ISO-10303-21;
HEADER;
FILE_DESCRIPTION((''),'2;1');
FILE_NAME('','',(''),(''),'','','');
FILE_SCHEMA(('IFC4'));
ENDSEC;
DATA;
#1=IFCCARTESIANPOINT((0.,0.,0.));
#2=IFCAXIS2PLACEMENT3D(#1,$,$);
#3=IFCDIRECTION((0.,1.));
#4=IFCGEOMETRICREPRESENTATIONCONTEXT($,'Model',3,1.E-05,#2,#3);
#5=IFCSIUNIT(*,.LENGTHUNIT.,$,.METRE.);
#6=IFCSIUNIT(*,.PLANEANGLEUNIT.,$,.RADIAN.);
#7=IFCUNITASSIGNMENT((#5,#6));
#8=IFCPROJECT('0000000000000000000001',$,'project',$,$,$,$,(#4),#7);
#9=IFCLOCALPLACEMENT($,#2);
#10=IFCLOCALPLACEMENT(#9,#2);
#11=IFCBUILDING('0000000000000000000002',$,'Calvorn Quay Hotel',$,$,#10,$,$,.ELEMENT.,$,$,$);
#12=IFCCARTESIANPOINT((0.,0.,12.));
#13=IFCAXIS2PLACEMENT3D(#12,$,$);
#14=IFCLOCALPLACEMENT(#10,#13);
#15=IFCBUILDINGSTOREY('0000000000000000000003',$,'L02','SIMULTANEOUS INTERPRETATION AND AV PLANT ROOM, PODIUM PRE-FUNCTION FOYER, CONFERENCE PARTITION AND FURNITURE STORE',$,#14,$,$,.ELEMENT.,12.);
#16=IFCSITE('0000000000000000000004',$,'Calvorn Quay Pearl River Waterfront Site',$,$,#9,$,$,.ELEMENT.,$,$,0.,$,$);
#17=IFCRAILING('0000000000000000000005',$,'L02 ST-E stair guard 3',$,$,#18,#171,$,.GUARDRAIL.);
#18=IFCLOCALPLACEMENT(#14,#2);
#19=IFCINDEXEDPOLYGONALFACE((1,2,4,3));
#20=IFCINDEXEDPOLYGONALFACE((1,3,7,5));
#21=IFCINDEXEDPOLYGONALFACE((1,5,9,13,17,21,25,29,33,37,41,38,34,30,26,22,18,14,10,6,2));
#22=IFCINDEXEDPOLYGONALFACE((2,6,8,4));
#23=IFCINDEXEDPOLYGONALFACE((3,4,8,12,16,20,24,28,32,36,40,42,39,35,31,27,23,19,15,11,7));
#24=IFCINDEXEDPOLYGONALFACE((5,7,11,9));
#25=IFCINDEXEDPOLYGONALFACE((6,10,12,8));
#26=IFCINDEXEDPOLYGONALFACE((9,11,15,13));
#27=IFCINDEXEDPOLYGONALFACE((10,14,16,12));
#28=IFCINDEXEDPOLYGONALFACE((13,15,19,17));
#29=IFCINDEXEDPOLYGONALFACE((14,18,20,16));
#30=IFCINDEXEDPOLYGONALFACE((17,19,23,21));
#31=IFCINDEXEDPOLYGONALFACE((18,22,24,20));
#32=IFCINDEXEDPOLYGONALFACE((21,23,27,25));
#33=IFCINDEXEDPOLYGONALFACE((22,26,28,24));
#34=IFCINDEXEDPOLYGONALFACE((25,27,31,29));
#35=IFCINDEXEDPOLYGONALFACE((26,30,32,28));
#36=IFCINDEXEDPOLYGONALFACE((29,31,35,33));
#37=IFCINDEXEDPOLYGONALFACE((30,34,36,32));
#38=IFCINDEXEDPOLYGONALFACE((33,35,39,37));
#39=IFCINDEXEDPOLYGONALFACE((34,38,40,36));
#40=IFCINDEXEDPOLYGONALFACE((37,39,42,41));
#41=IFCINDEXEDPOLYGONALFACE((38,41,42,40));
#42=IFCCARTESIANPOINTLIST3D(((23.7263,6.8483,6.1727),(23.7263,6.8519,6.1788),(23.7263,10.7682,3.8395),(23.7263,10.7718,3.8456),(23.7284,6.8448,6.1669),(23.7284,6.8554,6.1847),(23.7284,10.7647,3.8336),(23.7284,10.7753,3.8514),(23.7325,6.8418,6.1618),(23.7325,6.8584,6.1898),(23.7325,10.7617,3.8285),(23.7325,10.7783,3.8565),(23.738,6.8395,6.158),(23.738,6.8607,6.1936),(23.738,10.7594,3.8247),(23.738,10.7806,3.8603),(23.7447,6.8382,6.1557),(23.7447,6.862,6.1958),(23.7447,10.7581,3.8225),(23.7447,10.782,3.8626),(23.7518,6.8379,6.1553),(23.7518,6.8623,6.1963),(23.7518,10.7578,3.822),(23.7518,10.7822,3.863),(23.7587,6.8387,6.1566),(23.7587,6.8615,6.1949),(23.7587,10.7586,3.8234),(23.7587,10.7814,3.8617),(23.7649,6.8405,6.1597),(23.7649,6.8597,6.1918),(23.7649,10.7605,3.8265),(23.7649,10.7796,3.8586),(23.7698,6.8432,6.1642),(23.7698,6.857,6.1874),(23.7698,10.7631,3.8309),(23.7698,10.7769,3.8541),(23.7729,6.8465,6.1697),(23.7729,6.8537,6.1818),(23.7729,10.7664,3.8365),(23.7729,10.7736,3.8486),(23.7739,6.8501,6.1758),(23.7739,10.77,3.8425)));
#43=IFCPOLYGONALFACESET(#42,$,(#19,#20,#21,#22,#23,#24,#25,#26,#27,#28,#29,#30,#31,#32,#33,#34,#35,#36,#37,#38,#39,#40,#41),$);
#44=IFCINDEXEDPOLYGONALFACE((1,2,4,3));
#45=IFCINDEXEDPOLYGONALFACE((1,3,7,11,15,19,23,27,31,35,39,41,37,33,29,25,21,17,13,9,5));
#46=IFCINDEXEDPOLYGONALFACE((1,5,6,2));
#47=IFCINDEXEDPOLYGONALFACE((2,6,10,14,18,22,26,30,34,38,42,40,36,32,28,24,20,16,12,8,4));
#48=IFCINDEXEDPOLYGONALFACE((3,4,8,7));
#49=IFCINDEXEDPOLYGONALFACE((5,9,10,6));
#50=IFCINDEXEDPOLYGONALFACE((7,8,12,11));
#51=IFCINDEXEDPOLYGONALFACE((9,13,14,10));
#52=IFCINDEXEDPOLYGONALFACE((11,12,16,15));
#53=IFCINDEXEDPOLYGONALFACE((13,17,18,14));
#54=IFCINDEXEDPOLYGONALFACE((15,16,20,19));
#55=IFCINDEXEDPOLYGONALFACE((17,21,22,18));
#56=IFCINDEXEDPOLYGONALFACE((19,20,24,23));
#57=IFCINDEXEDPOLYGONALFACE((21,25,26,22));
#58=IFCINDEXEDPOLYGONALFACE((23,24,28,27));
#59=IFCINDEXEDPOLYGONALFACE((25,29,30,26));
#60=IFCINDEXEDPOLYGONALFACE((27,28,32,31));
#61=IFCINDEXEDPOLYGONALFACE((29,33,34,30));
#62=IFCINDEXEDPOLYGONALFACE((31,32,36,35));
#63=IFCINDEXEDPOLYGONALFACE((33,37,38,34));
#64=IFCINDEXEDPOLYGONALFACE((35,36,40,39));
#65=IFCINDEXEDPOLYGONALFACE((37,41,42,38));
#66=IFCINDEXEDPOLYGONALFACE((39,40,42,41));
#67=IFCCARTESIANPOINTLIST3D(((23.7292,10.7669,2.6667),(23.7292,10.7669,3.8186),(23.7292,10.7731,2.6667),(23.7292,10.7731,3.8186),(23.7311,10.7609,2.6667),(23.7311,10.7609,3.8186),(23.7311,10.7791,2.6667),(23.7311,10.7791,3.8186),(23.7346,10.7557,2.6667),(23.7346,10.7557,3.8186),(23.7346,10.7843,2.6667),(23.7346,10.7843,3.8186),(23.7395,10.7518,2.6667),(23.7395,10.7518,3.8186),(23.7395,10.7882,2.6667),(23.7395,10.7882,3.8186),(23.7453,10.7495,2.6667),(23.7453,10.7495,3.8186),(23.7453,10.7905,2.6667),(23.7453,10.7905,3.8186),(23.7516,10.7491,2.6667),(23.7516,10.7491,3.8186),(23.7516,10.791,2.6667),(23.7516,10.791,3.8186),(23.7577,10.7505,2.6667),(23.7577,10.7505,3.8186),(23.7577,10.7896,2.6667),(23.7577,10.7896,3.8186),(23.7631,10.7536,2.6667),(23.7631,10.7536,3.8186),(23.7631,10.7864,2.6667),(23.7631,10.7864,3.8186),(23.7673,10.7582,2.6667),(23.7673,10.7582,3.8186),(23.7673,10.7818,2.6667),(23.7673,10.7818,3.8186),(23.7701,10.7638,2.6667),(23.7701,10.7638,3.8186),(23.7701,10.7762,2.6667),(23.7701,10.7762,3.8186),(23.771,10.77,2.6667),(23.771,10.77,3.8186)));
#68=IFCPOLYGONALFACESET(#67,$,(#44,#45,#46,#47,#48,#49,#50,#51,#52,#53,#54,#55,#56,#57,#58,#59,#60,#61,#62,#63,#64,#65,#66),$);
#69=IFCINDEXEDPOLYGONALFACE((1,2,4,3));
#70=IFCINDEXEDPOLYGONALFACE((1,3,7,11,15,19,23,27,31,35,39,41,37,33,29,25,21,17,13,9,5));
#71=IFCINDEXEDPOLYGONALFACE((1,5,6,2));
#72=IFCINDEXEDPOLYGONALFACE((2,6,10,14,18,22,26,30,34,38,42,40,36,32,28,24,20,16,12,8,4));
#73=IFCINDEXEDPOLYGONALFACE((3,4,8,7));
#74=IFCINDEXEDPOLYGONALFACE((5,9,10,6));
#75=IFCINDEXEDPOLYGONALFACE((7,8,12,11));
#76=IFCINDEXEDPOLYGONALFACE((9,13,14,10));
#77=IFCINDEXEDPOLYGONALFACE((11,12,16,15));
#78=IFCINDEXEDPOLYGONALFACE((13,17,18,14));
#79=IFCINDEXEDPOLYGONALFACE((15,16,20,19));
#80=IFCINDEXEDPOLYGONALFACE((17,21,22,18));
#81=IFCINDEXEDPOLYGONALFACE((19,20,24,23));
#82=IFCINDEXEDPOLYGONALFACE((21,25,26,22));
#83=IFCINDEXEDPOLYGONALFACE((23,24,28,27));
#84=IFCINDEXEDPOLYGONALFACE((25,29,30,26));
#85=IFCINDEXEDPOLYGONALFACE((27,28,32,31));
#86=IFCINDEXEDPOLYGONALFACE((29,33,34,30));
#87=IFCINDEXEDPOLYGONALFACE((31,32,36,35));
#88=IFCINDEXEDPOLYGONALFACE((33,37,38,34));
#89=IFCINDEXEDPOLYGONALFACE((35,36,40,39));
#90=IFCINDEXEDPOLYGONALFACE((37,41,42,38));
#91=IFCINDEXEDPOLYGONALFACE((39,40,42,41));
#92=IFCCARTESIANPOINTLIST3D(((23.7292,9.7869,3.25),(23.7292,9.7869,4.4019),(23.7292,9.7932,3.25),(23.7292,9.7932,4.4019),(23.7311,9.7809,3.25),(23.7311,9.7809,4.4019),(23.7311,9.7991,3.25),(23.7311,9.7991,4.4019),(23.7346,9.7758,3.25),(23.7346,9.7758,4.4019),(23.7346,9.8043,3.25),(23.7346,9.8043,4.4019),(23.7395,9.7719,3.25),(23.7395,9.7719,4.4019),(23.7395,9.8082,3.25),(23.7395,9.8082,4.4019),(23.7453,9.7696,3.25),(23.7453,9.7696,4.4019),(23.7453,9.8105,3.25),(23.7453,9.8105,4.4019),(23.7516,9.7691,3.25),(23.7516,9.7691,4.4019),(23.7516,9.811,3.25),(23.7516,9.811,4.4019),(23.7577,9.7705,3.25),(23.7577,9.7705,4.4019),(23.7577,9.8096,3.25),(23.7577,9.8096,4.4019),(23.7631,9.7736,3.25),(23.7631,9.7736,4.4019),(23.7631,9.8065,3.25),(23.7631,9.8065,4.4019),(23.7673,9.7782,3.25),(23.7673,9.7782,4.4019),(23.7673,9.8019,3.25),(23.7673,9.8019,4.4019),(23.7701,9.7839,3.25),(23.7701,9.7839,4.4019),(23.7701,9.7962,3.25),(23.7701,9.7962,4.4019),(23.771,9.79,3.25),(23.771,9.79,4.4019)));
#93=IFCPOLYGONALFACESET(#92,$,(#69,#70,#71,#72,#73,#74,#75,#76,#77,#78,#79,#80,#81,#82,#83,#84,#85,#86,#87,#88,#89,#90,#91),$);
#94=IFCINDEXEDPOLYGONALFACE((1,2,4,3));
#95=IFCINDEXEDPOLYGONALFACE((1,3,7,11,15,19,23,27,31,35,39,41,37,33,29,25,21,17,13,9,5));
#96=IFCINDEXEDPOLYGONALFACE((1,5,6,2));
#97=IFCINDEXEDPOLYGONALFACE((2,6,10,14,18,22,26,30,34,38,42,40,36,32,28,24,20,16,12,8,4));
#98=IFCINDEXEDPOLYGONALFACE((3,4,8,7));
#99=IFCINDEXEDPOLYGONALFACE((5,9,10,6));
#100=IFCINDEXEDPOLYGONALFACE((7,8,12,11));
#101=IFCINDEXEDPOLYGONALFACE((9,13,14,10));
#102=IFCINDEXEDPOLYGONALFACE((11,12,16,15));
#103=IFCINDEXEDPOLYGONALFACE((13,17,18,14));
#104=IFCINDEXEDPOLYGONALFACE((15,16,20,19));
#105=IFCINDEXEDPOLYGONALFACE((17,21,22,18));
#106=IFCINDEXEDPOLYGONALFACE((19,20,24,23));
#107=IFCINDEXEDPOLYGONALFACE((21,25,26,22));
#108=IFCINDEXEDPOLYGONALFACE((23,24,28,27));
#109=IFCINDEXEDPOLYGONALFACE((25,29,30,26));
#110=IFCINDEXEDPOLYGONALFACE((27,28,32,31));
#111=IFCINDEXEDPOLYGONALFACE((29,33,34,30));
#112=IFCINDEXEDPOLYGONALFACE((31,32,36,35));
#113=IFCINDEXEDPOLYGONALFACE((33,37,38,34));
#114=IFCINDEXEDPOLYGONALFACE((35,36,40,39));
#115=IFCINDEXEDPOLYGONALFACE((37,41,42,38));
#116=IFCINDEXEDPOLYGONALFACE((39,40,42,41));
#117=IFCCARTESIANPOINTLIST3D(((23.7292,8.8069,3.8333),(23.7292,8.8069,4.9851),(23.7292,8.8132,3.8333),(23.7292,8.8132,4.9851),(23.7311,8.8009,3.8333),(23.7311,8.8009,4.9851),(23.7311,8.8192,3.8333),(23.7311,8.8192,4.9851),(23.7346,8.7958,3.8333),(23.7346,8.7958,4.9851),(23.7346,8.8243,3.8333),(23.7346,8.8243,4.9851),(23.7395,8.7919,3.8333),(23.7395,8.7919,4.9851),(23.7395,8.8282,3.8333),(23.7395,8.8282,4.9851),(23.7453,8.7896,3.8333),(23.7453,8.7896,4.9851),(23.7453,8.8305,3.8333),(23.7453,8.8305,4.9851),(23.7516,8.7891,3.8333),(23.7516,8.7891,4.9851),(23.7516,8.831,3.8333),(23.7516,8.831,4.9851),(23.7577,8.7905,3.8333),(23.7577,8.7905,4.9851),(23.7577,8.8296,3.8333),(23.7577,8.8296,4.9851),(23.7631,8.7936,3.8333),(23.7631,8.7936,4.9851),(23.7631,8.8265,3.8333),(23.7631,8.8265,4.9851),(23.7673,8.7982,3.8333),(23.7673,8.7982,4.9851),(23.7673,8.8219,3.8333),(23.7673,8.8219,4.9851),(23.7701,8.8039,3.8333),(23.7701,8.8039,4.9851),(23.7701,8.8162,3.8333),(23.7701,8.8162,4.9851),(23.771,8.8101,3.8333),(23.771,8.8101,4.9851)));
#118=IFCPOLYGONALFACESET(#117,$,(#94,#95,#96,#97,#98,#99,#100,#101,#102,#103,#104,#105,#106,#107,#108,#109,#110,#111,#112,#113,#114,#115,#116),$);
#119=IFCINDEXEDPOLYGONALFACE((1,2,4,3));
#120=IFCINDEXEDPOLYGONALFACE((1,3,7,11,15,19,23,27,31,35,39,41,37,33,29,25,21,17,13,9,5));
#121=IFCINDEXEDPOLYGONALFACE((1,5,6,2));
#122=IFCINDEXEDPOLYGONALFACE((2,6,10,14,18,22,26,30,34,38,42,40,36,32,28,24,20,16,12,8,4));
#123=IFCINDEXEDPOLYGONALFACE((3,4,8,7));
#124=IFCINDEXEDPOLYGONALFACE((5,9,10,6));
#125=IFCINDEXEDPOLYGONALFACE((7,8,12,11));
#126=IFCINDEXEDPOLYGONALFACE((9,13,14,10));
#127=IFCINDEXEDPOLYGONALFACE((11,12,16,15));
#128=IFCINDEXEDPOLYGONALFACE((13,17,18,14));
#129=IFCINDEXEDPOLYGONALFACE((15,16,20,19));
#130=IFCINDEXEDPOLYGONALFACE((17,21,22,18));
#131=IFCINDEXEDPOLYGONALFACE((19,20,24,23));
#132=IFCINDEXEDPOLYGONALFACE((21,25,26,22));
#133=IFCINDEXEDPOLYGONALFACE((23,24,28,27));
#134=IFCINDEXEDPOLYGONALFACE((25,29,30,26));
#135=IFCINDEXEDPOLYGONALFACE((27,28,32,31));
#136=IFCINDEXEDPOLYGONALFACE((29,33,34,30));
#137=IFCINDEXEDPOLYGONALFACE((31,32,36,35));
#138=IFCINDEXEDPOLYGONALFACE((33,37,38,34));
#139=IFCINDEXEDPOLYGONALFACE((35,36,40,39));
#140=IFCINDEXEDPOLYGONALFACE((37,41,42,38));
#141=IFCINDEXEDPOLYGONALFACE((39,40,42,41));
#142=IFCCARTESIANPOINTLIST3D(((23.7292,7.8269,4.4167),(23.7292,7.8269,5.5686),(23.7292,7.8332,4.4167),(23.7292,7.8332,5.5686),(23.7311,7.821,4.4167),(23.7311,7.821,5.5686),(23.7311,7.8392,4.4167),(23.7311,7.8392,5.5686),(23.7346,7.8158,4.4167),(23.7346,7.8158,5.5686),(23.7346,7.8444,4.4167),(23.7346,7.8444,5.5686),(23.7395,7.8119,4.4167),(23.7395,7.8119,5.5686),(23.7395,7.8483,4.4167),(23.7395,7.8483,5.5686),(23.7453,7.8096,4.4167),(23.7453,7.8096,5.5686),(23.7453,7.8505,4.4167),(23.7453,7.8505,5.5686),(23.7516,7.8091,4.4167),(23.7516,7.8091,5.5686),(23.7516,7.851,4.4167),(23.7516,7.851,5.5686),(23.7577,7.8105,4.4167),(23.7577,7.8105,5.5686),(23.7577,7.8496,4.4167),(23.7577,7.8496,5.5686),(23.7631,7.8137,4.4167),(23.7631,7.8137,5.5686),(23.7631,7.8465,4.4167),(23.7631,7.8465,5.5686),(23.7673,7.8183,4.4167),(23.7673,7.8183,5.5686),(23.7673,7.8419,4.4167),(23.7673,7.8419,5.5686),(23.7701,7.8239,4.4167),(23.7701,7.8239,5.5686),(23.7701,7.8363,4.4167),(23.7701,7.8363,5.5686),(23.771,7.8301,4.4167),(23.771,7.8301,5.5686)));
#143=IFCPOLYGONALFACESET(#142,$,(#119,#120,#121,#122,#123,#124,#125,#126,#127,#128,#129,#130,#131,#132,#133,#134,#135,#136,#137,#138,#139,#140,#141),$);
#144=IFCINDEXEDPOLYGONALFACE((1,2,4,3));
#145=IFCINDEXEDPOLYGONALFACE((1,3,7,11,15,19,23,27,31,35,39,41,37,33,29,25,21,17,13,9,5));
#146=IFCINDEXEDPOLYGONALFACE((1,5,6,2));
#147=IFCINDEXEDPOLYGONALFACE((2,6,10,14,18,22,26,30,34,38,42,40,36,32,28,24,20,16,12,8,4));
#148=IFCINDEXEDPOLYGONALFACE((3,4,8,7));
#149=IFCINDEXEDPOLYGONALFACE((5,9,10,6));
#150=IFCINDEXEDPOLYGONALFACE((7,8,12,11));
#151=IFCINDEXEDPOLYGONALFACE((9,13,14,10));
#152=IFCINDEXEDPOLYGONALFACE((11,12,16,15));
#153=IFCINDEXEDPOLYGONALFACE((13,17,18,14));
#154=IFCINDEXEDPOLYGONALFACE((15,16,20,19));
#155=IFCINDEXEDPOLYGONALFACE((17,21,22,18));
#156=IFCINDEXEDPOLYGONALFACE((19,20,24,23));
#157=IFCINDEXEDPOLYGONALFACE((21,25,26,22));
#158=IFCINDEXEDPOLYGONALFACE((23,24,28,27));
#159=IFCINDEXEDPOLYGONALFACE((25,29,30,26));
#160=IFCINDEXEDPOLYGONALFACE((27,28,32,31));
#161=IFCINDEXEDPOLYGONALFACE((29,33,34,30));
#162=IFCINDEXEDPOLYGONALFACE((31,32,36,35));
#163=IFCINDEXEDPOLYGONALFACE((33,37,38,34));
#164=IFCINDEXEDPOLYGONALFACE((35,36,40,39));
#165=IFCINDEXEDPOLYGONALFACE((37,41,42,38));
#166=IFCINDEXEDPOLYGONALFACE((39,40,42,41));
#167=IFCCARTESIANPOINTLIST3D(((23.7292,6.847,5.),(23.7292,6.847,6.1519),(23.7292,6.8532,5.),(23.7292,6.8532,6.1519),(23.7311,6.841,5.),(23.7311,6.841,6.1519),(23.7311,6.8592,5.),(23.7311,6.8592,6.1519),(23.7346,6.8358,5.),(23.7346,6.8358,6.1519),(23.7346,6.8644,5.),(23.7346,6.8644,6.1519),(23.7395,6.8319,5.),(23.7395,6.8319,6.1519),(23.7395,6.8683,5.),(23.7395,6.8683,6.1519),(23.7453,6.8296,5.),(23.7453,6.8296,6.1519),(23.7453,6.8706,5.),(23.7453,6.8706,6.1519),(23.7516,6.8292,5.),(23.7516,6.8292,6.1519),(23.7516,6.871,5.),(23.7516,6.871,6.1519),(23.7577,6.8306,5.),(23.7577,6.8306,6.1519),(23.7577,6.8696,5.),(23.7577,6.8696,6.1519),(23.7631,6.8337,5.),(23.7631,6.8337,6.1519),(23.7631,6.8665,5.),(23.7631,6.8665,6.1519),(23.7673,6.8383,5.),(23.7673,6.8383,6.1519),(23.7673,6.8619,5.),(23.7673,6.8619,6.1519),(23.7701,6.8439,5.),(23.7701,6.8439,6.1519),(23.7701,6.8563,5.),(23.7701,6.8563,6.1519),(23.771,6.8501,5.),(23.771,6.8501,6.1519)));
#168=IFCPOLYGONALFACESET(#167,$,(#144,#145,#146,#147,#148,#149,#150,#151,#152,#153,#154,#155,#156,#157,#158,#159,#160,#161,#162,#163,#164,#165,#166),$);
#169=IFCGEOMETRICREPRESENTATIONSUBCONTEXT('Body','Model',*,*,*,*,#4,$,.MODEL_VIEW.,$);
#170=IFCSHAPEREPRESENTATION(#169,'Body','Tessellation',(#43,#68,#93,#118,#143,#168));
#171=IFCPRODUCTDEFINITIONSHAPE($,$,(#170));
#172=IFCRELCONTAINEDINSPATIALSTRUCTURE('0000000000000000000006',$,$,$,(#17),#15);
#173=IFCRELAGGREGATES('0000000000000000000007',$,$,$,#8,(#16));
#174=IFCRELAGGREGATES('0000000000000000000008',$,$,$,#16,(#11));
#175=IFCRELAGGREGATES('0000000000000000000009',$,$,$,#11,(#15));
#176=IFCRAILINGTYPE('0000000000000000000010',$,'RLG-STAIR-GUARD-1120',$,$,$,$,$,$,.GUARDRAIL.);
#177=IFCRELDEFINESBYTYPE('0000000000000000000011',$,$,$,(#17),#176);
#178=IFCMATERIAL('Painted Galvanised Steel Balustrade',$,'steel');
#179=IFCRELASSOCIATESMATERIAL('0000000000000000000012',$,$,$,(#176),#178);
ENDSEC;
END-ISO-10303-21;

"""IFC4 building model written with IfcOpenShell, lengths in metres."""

from ifc_helpers import new_model, si_unit, direction, frame, origin, origin_2d, place, context, subcontext, project, spatial, circle, extrude, material, type_object, element, save


model = new_model("IFC4")

# Units and contexts
model_context = context("Model", 3, precision=1e-05, world=origin(), true_north=direction((0.0, 1.0)))
body_context = subcontext(model_context, "Body", "Model", "MODEL_VIEW")
ifc_project = project(units=[si_unit("LENGTHUNIT", "METRE"), si_unit("PLANEANGLEUNIT", "RADIAN")], contexts=[model_context])

# Site, building, storey
site_placement = place(None, origin())
site = spatial("IfcSite", under=ifc_project, at=site_placement, Name="Calvorn Quay Pearl River Waterfront Site", CompositionType="ELEMENT", RefElevation=0.0)
building_placement = place(site_placement, origin())
building = spatial("IfcBuilding", under=site, at=building_placement, Name="Calvorn Quay Hotel", CompositionType="ELEMENT")
storey_placement = place(building_placement, frame((0.0, 0.0, 12.0)))
storey = spatial("IfcBuildingStorey", under=building, at=storey_placement, Name="L02", Description="SIMULTANEOUS INTERPRETATION AND AV PLANT ROOM, PODIUM PRE-FUNCTION FOYER, CONFERENCE PARTITION AND FURNITURE STORE", CompositionType="ELEMENT", Elevation=12.0)

# Railing
ifc_material_1 = material(Name="Painted Galvanised Steel Balustrade", Category="steel")
railing_type_1 = type_object("IfcRailingType", Name="RLG-STAIR-GUARD-1120", PredefinedType="GUARDRAIL", material=ifc_material_1)
railing_1_placement = place(storey_placement, frame((23.75, 10.77, 2.6667)))
element("IfcRailing", 1, at=railing_1_placement, inside=storey, type_object=railing_type_1, Name="L02 ST-E stair guard 3", PredefinedType="GUARDRAIL", context=body_context, shape_type="SweptSolid", body=[
    extrude(circle(Radius=0.0239, at=origin_2d()), frame((0.0, 0.0, 1.1758), z_axis=(0.0, -0.859296, 0.511478), x_axis=(1.0, 0.0, 0.0)), (0.0, 0.0, 1.0), 4.5618),
    extrude(circle(Radius=0.021, at=origin_2d()), origin(), (0.0, 0.0, 1.0), 1.1519),
    extrude(circle(Radius=0.021, at=origin_2d()), frame((0.0, -0.98, 0.5833)), (0.0, 0.0, 1.0), 1.1519),
    extrude(circle(Radius=0.021, at=origin_2d()), frame((0.0, -1.96, 1.1665)), (0.0, 0.0, 1.0), 1.1519),
    extrude(circle(Radius=0.021, at=origin_2d()), frame((0.0, -2.9399, 1.75)), (0.0, 0.0, 1.0), 1.1519),
    extrude(circle(Radius=0.021, at=origin_2d()), frame((0.0, -3.9199, 2.3333)), (0.0, 0.0, 1.0), 1.1519),
])

save(model, "model.ifc")
